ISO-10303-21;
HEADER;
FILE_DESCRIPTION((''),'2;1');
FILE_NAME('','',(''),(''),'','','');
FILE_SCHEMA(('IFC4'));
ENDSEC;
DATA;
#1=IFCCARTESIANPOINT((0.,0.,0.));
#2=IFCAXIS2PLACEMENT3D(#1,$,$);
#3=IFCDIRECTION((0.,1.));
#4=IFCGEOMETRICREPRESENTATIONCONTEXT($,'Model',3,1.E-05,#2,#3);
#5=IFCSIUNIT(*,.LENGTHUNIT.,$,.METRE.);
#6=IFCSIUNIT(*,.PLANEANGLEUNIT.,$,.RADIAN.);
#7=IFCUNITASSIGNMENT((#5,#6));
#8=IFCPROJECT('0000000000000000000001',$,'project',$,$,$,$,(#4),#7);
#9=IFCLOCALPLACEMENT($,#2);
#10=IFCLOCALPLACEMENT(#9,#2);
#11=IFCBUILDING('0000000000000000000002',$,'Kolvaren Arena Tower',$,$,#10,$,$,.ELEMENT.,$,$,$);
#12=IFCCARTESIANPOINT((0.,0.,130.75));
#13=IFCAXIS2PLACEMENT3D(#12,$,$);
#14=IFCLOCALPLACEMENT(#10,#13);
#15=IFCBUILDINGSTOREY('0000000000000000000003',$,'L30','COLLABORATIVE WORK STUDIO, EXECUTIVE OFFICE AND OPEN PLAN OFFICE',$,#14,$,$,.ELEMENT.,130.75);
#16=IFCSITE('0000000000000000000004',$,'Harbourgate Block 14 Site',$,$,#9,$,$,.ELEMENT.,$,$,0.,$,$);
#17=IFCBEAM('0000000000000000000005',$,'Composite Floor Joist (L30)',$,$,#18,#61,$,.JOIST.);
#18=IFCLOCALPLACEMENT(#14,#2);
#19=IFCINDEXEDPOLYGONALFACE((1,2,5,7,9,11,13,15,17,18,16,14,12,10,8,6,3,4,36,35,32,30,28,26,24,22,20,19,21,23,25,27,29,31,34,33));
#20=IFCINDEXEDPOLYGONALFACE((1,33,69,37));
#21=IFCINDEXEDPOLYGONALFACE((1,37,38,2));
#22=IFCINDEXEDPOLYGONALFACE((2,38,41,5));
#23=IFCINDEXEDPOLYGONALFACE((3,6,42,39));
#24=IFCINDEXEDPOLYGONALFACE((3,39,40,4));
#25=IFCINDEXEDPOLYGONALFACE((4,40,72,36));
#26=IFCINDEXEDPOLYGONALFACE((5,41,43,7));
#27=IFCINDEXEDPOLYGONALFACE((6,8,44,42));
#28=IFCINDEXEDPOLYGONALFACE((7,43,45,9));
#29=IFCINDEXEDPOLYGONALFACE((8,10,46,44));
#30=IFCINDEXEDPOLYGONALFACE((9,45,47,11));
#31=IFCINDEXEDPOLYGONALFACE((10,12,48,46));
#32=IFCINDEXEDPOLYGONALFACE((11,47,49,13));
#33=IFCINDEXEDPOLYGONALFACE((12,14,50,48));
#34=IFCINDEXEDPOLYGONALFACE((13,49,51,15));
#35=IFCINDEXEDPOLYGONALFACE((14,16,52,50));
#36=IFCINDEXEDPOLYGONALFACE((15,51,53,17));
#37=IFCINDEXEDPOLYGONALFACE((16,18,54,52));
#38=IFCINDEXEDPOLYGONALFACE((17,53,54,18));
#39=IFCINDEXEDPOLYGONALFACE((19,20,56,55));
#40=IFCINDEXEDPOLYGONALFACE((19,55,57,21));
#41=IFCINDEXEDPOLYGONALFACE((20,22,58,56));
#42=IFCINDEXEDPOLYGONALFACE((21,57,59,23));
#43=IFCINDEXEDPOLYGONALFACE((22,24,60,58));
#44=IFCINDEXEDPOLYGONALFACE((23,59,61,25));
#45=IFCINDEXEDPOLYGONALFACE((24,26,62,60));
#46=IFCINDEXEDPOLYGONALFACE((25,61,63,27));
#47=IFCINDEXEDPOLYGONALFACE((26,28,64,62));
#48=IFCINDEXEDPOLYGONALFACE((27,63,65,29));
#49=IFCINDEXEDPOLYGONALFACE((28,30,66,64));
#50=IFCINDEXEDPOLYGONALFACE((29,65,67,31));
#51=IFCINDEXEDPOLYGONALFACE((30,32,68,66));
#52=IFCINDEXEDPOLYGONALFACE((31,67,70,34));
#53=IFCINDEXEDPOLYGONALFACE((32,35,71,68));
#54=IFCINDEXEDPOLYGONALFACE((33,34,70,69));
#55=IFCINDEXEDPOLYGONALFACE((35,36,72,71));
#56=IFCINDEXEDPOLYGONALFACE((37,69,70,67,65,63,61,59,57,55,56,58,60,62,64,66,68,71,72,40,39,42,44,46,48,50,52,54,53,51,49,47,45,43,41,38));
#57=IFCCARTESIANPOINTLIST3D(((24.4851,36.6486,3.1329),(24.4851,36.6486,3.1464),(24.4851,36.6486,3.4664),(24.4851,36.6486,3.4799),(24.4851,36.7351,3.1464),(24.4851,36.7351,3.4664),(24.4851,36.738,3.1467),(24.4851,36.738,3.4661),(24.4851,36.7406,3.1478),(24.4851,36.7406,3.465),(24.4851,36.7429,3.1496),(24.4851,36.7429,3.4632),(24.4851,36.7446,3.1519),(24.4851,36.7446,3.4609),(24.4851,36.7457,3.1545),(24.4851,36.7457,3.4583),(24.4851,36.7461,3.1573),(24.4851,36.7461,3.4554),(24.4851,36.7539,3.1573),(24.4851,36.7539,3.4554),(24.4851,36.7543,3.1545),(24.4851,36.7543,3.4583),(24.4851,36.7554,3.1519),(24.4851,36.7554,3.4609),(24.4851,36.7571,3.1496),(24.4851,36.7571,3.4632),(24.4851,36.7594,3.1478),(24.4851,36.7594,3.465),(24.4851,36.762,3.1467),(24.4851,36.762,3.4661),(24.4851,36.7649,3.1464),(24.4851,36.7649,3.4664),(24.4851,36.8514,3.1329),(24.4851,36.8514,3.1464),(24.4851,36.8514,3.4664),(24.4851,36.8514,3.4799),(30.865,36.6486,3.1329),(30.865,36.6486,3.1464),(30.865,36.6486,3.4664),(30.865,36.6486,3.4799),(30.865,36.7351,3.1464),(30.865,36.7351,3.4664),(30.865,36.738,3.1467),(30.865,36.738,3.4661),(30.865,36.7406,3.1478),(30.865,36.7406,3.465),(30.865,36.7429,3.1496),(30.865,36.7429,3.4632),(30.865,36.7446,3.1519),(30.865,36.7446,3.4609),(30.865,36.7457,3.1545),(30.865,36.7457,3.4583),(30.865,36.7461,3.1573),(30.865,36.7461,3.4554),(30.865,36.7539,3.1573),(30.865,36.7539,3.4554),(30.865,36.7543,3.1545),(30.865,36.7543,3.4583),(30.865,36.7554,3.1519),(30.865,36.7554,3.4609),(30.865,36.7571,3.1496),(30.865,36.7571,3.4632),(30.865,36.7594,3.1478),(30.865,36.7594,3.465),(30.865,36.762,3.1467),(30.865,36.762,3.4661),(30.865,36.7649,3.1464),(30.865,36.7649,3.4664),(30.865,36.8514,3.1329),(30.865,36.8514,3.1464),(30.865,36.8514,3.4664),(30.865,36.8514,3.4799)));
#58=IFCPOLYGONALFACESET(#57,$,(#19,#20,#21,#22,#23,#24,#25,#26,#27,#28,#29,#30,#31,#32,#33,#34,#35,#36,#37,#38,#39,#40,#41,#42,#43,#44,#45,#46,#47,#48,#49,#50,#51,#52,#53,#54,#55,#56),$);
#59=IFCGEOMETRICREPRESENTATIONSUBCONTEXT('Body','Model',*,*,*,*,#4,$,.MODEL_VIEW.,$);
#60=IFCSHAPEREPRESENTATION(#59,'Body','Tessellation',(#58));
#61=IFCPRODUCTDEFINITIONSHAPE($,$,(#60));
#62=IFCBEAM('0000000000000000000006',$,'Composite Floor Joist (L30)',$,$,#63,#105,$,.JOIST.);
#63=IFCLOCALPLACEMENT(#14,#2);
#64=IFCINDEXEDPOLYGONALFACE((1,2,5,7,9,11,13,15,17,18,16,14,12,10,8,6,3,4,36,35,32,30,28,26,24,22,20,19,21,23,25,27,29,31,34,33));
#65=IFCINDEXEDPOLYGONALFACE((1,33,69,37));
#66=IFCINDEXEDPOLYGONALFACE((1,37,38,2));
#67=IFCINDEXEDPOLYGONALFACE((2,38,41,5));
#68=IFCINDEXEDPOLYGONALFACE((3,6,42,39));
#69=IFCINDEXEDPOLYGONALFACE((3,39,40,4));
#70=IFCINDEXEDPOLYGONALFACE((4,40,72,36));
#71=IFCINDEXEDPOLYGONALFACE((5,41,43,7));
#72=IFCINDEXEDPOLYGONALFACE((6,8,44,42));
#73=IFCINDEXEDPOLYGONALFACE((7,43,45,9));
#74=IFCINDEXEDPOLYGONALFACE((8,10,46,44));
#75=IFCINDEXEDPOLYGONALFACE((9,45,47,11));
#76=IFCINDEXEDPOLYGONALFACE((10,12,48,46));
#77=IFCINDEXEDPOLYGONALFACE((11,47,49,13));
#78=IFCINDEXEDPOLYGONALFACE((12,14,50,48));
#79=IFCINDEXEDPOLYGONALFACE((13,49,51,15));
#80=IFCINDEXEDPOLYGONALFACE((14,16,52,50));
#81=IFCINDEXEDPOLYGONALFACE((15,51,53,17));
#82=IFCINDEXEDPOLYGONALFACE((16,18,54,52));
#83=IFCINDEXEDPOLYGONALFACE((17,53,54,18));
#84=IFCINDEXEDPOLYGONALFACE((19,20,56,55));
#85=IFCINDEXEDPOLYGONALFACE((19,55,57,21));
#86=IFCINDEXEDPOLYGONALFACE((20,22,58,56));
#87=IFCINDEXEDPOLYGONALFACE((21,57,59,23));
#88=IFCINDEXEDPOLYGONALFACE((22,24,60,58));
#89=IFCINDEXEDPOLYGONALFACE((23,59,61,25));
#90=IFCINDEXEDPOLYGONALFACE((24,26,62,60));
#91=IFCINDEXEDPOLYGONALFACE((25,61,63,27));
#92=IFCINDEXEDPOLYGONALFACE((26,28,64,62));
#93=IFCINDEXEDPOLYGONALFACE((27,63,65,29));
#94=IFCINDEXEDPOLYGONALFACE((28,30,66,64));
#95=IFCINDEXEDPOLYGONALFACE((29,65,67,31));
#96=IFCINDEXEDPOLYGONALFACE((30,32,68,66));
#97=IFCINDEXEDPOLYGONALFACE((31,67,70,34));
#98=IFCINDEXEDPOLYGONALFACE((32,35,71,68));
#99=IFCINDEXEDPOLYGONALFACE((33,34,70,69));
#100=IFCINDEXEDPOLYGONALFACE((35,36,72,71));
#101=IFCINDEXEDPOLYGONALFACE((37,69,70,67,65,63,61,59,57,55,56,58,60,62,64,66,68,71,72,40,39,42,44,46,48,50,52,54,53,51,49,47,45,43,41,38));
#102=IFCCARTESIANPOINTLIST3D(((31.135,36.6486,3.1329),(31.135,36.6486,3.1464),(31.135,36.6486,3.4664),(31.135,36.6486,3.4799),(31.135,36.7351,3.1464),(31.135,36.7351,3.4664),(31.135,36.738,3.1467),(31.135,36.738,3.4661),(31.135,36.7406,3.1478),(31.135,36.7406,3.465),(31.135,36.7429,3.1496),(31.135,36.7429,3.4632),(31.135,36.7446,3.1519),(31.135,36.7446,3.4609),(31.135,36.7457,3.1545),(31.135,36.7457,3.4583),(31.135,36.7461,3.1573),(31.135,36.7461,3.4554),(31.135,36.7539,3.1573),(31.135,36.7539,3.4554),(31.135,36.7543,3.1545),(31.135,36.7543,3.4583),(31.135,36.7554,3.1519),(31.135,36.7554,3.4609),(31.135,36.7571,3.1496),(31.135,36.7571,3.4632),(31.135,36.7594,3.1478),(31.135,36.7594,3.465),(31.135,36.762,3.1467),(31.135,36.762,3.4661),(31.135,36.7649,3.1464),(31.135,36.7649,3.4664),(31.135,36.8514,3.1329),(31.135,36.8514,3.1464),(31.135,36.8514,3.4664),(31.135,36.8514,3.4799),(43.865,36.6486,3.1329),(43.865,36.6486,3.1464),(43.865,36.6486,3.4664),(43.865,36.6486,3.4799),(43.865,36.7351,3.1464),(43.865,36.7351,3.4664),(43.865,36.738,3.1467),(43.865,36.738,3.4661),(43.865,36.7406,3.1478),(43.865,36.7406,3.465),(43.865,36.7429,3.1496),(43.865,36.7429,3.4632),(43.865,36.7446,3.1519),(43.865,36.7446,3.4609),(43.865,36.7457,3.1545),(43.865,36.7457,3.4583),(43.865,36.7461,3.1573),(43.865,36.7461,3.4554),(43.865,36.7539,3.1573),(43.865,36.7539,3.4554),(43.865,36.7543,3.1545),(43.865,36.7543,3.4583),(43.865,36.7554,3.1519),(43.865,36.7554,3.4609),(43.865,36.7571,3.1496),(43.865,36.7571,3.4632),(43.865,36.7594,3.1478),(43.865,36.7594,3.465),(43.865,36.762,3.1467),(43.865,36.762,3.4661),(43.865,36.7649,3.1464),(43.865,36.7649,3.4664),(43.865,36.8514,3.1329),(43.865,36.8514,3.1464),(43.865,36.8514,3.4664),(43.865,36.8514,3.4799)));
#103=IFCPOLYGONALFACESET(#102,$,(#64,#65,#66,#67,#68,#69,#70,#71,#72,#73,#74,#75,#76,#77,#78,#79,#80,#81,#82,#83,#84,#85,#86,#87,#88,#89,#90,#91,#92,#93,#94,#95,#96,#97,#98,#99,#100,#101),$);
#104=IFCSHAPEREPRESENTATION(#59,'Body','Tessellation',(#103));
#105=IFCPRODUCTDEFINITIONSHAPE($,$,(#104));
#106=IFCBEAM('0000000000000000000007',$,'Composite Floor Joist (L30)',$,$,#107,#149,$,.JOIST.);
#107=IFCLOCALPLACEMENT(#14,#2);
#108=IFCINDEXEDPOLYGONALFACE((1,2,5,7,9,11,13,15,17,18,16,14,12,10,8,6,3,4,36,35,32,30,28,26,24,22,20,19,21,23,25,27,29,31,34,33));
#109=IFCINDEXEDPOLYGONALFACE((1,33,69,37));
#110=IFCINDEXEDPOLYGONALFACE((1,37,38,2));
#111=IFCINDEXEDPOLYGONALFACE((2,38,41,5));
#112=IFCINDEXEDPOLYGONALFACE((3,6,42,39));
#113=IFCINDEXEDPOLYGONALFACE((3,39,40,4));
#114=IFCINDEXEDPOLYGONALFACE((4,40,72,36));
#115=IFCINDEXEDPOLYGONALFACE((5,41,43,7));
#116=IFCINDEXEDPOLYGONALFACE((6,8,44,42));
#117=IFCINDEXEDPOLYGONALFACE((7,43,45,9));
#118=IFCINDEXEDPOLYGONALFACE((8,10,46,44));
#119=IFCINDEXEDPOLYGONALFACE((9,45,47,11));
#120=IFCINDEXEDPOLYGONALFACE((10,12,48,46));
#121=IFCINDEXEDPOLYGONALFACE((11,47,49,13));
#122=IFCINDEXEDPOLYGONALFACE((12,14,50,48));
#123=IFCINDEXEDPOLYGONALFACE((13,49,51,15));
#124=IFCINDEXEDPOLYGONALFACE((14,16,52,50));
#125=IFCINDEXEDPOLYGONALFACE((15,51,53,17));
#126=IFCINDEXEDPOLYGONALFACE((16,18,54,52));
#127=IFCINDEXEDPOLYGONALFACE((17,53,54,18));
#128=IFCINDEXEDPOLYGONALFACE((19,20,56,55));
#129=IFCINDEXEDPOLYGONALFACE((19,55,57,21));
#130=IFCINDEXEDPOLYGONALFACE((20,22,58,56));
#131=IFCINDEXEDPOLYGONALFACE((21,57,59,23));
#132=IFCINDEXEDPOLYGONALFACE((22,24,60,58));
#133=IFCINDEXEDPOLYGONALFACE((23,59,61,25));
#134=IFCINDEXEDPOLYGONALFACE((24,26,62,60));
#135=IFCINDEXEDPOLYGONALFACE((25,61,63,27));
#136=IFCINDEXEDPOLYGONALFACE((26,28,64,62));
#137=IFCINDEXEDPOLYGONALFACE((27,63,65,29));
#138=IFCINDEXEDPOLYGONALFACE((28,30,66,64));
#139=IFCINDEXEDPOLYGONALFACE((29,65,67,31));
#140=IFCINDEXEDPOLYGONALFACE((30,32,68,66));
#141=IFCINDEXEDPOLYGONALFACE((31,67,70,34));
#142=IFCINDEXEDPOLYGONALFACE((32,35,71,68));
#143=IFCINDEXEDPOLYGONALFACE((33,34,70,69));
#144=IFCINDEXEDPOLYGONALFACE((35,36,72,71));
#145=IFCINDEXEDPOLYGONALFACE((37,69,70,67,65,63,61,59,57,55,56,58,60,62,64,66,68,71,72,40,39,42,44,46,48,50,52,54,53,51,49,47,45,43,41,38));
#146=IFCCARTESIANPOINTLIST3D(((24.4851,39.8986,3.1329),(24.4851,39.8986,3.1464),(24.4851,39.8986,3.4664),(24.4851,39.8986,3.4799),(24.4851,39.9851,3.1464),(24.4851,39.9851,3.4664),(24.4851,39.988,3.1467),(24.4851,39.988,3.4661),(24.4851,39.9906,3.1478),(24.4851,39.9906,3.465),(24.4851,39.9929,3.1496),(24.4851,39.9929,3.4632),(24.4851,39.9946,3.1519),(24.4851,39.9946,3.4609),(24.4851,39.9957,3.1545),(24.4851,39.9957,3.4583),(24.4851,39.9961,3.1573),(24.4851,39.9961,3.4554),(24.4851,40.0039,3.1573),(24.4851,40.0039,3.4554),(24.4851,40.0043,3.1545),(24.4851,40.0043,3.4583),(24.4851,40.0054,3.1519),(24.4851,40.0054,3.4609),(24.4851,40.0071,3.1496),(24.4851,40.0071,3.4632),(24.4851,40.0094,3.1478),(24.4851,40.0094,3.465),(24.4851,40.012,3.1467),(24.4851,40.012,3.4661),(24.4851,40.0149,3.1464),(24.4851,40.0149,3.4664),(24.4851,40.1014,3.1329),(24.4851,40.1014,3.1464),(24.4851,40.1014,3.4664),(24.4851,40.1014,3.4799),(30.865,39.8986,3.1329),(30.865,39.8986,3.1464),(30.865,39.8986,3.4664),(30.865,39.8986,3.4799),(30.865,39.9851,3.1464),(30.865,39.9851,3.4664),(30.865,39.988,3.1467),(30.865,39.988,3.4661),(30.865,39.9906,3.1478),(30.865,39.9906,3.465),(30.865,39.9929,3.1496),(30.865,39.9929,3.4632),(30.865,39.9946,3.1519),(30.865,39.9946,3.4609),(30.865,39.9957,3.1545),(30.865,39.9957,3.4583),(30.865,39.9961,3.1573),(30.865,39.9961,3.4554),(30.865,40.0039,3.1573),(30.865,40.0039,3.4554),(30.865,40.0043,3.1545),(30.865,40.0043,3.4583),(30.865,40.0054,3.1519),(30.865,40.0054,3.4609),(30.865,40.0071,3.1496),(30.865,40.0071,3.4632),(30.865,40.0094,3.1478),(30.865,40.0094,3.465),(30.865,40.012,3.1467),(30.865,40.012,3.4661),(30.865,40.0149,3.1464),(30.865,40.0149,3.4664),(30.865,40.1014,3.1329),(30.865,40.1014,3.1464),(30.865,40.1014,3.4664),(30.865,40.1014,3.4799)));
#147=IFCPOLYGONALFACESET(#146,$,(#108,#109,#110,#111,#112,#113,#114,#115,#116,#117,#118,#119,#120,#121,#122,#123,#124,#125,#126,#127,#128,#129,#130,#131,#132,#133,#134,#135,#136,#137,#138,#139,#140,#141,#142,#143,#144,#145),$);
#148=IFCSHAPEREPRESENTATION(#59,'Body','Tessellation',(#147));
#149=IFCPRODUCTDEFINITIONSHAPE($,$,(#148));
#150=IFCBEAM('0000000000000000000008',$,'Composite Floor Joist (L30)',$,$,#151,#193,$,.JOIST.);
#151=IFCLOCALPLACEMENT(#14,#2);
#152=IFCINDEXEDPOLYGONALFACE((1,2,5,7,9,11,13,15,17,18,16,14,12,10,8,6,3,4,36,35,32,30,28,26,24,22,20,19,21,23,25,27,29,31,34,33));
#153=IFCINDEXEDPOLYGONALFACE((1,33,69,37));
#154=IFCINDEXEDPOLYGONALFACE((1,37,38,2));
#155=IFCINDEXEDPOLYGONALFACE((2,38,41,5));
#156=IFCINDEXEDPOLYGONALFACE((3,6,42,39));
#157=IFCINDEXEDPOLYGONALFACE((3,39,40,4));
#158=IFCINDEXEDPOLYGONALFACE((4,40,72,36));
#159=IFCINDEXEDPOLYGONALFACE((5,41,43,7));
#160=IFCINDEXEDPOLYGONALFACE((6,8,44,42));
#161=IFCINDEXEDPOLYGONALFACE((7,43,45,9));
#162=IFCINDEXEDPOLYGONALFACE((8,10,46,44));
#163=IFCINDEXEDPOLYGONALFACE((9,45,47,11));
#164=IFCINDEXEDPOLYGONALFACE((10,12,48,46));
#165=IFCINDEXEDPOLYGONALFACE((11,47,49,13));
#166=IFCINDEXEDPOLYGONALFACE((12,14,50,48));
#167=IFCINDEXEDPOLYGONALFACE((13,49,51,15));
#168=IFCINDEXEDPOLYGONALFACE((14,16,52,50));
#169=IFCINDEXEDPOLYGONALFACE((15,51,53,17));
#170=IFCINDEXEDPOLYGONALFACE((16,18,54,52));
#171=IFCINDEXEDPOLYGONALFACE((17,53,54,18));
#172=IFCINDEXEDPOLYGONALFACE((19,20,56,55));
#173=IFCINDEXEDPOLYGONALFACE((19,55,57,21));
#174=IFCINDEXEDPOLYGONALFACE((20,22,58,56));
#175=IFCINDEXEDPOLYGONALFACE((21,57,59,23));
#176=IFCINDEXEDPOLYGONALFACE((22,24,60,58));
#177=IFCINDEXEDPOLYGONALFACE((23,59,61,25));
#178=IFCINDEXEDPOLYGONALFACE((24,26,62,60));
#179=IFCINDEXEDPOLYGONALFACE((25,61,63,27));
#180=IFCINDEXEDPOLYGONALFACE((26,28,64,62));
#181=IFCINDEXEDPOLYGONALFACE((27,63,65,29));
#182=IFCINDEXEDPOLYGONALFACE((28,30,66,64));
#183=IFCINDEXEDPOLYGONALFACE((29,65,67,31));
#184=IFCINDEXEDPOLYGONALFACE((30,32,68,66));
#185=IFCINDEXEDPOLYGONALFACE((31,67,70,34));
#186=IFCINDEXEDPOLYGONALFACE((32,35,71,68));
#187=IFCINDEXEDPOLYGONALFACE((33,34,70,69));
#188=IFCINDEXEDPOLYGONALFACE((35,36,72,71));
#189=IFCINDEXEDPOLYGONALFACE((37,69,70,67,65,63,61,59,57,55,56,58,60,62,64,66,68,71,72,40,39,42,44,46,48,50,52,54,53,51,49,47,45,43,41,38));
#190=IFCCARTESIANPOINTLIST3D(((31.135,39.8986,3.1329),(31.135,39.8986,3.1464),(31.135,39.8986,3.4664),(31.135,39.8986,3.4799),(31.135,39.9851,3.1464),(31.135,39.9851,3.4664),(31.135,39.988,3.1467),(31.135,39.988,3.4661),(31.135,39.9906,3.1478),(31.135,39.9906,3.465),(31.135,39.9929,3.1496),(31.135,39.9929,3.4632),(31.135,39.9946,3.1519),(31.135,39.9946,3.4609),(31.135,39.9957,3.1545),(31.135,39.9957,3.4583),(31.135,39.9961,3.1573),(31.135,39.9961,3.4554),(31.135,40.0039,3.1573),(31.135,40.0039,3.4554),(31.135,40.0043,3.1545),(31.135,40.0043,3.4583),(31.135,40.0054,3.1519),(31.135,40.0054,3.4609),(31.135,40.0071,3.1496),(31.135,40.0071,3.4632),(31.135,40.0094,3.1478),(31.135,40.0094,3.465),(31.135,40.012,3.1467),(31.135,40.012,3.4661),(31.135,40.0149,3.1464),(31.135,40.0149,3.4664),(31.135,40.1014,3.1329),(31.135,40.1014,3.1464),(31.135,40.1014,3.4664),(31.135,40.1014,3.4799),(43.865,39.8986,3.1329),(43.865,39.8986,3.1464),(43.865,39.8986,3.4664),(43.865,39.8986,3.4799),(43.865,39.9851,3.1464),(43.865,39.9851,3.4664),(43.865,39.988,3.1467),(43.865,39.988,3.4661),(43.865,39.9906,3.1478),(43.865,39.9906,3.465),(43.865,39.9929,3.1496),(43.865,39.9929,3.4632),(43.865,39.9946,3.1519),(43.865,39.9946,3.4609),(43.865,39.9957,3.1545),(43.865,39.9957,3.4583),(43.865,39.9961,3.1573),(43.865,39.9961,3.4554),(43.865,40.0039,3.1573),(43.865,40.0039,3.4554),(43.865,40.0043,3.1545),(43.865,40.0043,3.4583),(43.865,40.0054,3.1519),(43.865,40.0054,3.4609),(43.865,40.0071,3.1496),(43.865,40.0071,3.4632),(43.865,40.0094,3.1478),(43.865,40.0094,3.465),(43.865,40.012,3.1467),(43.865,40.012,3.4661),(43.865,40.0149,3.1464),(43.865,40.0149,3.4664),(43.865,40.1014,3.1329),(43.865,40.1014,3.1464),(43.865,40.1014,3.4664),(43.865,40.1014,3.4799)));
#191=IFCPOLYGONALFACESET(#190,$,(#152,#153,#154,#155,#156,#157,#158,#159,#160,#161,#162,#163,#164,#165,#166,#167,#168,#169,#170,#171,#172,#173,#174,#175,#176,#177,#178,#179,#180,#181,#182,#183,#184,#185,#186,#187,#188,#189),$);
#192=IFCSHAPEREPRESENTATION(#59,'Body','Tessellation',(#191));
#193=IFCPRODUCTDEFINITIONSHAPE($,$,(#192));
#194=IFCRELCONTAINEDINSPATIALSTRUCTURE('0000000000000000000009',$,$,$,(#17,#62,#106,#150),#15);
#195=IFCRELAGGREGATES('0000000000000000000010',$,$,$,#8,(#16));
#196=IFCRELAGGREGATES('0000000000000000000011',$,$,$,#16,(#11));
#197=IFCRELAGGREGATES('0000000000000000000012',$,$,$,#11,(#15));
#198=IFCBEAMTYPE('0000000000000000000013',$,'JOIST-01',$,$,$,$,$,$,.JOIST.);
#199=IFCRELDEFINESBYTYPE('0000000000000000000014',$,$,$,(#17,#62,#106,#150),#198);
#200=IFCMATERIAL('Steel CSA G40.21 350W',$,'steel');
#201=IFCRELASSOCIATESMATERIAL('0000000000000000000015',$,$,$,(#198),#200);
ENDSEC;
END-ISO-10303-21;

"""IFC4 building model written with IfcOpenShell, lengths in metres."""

from ifc_helpers import new_model, si_unit, direction, frame, origin, origin_2d, place, context, subcontext, project, spatial, i_section, extrude, material, material_profile, profile_set, type_object, element, save


model = new_model("IFC4")

# Units and contexts
model_context = context("Model", 3, precision=1e-05, world=origin(), true_north=direction((0.0, 1.0)))
body_context = subcontext(model_context, "Body", "Model", "MODEL_VIEW")
ifc_project = project(units=[si_unit("LENGTHUNIT", "METRE"), si_unit("PLANEANGLEUNIT", "RADIAN")], contexts=[model_context])

# Site, building, storey
site_placement = place(None, origin())
site = spatial("IfcSite", under=ifc_project, at=site_placement, Name="Harbourgate Block 14 Site", CompositionType="ELEMENT", RefElevation=0.0)
building_placement = place(site_placement, origin())
building = spatial("IfcBuilding", under=site, at=building_placement, Name="Kolvaren Arena Tower", CompositionType="ELEMENT")
storey_placement = place(building_placement, frame((0.0, 0.0, 130.75)))
storey = spatial("IfcBuildingStorey", under=building, at=storey_placement, Name="L30", Description="COLLABORATIVE WORK STUDIO, EXECUTIVE OFFICE AND OPEN PLAN OFFICE", CompositionType="ELEMENT", Elevation=130.75)

# Beams
ifc_material_1 = material(Name="Steel CSA G40.21 350W", Category="steel")
ifc_material_profile_1 = material_profile(ifc_material_1, i_section(OverallWidth=0.2029, OverallDepth=0.3469, WebThickness=0.0078, FlangeThickness=0.0134, FilletRadius=0.011, at=origin_2d()), Name="W360x64")
ifc_profile_set_1 = profile_set([ifc_material_profile_1], Name="Steel CSA G40.21 350W")
beam_type_1 = type_object("IfcBeamType", Name="JOIST-01", PredefinedType="JOIST", material=ifc_profile_set_1)
beam_1_placement = place(storey_placement, frame((24.4851, 36.75, 3.3064), z_axis=(1.0, 0.0, 0.0), x_axis=(0.0, 1.0, 0.0)))
element("IfcBeam", 1, at=beam_1_placement, inside=storey, type_object=beam_type_1, Name="Composite Floor Joist (L30)", PredefinedType="JOIST", context=body_context, shape_type="SweptSolid", body=[
    extrude(i_section(OverallWidth=0.2029, OverallDepth=0.3469, WebThickness=0.0078, FlangeThickness=0.0134, FilletRadius=0.011, at=origin_2d()), origin(), (0.0, 0.0, 1.0), 6.3799),
])
beam_2_placement = place(storey_placement, frame((31.135, 36.75, 3.3064), z_axis=(1.0, 0.0, 0.0), x_axis=(0.0, 1.0, 0.0)))
element("IfcBeam", 2, at=beam_2_placement, inside=storey, type_object=beam_type_1, Name="Composite Floor Joist (L30)", PredefinedType="JOIST", context=body_context, shape_type="SweptSolid", body=[
    extrude(i_section(OverallWidth=0.2029, OverallDepth=0.3469, WebThickness=0.0078, FlangeThickness=0.0134, FilletRadius=0.011, at=origin_2d()), origin(), (0.0, 0.0, 1.0), 12.73),
])
beam_3_placement = place(storey_placement, frame((24.4851, 40.0, 3.3064), z_axis=(1.0, 0.0, 0.0), x_axis=(0.0, 1.0, 0.0)))
element("IfcBeam", 3, at=beam_3_placement, inside=storey, type_object=beam_type_1, Name="Composite Floor Joist (L30)", PredefinedType="JOIST", context=body_context, shape_type="SweptSolid", body=[
    extrude(i_section(OverallWidth=0.2029, OverallDepth=0.3469, WebThickness=0.0078, FlangeThickness=0.0134, FilletRadius=0.011, at=origin_2d()), origin(), (0.0, 0.0, 1.0), 6.3799),
])
beam_4_placement = place(storey_placement, frame((31.135, 40.0, 3.3064), z_axis=(1.0, 0.0, 0.0), x_axis=(0.0, 1.0, 0.0)))
element("IfcBeam", 4, at=beam_4_placement, inside=storey, type_object=beam_type_1, Name="Composite Floor Joist (L30)", PredefinedType="JOIST", context=body_context, shape_type="SweptSolid", body=[
    extrude(i_section(OverallWidth=0.2029, OverallDepth=0.3469, WebThickness=0.0078, FlangeThickness=0.0134, FilletRadius=0.011, at=origin_2d()), origin(), (0.0, 0.0, 1.0), 12.73),
])

save(model, "model.ifc")
